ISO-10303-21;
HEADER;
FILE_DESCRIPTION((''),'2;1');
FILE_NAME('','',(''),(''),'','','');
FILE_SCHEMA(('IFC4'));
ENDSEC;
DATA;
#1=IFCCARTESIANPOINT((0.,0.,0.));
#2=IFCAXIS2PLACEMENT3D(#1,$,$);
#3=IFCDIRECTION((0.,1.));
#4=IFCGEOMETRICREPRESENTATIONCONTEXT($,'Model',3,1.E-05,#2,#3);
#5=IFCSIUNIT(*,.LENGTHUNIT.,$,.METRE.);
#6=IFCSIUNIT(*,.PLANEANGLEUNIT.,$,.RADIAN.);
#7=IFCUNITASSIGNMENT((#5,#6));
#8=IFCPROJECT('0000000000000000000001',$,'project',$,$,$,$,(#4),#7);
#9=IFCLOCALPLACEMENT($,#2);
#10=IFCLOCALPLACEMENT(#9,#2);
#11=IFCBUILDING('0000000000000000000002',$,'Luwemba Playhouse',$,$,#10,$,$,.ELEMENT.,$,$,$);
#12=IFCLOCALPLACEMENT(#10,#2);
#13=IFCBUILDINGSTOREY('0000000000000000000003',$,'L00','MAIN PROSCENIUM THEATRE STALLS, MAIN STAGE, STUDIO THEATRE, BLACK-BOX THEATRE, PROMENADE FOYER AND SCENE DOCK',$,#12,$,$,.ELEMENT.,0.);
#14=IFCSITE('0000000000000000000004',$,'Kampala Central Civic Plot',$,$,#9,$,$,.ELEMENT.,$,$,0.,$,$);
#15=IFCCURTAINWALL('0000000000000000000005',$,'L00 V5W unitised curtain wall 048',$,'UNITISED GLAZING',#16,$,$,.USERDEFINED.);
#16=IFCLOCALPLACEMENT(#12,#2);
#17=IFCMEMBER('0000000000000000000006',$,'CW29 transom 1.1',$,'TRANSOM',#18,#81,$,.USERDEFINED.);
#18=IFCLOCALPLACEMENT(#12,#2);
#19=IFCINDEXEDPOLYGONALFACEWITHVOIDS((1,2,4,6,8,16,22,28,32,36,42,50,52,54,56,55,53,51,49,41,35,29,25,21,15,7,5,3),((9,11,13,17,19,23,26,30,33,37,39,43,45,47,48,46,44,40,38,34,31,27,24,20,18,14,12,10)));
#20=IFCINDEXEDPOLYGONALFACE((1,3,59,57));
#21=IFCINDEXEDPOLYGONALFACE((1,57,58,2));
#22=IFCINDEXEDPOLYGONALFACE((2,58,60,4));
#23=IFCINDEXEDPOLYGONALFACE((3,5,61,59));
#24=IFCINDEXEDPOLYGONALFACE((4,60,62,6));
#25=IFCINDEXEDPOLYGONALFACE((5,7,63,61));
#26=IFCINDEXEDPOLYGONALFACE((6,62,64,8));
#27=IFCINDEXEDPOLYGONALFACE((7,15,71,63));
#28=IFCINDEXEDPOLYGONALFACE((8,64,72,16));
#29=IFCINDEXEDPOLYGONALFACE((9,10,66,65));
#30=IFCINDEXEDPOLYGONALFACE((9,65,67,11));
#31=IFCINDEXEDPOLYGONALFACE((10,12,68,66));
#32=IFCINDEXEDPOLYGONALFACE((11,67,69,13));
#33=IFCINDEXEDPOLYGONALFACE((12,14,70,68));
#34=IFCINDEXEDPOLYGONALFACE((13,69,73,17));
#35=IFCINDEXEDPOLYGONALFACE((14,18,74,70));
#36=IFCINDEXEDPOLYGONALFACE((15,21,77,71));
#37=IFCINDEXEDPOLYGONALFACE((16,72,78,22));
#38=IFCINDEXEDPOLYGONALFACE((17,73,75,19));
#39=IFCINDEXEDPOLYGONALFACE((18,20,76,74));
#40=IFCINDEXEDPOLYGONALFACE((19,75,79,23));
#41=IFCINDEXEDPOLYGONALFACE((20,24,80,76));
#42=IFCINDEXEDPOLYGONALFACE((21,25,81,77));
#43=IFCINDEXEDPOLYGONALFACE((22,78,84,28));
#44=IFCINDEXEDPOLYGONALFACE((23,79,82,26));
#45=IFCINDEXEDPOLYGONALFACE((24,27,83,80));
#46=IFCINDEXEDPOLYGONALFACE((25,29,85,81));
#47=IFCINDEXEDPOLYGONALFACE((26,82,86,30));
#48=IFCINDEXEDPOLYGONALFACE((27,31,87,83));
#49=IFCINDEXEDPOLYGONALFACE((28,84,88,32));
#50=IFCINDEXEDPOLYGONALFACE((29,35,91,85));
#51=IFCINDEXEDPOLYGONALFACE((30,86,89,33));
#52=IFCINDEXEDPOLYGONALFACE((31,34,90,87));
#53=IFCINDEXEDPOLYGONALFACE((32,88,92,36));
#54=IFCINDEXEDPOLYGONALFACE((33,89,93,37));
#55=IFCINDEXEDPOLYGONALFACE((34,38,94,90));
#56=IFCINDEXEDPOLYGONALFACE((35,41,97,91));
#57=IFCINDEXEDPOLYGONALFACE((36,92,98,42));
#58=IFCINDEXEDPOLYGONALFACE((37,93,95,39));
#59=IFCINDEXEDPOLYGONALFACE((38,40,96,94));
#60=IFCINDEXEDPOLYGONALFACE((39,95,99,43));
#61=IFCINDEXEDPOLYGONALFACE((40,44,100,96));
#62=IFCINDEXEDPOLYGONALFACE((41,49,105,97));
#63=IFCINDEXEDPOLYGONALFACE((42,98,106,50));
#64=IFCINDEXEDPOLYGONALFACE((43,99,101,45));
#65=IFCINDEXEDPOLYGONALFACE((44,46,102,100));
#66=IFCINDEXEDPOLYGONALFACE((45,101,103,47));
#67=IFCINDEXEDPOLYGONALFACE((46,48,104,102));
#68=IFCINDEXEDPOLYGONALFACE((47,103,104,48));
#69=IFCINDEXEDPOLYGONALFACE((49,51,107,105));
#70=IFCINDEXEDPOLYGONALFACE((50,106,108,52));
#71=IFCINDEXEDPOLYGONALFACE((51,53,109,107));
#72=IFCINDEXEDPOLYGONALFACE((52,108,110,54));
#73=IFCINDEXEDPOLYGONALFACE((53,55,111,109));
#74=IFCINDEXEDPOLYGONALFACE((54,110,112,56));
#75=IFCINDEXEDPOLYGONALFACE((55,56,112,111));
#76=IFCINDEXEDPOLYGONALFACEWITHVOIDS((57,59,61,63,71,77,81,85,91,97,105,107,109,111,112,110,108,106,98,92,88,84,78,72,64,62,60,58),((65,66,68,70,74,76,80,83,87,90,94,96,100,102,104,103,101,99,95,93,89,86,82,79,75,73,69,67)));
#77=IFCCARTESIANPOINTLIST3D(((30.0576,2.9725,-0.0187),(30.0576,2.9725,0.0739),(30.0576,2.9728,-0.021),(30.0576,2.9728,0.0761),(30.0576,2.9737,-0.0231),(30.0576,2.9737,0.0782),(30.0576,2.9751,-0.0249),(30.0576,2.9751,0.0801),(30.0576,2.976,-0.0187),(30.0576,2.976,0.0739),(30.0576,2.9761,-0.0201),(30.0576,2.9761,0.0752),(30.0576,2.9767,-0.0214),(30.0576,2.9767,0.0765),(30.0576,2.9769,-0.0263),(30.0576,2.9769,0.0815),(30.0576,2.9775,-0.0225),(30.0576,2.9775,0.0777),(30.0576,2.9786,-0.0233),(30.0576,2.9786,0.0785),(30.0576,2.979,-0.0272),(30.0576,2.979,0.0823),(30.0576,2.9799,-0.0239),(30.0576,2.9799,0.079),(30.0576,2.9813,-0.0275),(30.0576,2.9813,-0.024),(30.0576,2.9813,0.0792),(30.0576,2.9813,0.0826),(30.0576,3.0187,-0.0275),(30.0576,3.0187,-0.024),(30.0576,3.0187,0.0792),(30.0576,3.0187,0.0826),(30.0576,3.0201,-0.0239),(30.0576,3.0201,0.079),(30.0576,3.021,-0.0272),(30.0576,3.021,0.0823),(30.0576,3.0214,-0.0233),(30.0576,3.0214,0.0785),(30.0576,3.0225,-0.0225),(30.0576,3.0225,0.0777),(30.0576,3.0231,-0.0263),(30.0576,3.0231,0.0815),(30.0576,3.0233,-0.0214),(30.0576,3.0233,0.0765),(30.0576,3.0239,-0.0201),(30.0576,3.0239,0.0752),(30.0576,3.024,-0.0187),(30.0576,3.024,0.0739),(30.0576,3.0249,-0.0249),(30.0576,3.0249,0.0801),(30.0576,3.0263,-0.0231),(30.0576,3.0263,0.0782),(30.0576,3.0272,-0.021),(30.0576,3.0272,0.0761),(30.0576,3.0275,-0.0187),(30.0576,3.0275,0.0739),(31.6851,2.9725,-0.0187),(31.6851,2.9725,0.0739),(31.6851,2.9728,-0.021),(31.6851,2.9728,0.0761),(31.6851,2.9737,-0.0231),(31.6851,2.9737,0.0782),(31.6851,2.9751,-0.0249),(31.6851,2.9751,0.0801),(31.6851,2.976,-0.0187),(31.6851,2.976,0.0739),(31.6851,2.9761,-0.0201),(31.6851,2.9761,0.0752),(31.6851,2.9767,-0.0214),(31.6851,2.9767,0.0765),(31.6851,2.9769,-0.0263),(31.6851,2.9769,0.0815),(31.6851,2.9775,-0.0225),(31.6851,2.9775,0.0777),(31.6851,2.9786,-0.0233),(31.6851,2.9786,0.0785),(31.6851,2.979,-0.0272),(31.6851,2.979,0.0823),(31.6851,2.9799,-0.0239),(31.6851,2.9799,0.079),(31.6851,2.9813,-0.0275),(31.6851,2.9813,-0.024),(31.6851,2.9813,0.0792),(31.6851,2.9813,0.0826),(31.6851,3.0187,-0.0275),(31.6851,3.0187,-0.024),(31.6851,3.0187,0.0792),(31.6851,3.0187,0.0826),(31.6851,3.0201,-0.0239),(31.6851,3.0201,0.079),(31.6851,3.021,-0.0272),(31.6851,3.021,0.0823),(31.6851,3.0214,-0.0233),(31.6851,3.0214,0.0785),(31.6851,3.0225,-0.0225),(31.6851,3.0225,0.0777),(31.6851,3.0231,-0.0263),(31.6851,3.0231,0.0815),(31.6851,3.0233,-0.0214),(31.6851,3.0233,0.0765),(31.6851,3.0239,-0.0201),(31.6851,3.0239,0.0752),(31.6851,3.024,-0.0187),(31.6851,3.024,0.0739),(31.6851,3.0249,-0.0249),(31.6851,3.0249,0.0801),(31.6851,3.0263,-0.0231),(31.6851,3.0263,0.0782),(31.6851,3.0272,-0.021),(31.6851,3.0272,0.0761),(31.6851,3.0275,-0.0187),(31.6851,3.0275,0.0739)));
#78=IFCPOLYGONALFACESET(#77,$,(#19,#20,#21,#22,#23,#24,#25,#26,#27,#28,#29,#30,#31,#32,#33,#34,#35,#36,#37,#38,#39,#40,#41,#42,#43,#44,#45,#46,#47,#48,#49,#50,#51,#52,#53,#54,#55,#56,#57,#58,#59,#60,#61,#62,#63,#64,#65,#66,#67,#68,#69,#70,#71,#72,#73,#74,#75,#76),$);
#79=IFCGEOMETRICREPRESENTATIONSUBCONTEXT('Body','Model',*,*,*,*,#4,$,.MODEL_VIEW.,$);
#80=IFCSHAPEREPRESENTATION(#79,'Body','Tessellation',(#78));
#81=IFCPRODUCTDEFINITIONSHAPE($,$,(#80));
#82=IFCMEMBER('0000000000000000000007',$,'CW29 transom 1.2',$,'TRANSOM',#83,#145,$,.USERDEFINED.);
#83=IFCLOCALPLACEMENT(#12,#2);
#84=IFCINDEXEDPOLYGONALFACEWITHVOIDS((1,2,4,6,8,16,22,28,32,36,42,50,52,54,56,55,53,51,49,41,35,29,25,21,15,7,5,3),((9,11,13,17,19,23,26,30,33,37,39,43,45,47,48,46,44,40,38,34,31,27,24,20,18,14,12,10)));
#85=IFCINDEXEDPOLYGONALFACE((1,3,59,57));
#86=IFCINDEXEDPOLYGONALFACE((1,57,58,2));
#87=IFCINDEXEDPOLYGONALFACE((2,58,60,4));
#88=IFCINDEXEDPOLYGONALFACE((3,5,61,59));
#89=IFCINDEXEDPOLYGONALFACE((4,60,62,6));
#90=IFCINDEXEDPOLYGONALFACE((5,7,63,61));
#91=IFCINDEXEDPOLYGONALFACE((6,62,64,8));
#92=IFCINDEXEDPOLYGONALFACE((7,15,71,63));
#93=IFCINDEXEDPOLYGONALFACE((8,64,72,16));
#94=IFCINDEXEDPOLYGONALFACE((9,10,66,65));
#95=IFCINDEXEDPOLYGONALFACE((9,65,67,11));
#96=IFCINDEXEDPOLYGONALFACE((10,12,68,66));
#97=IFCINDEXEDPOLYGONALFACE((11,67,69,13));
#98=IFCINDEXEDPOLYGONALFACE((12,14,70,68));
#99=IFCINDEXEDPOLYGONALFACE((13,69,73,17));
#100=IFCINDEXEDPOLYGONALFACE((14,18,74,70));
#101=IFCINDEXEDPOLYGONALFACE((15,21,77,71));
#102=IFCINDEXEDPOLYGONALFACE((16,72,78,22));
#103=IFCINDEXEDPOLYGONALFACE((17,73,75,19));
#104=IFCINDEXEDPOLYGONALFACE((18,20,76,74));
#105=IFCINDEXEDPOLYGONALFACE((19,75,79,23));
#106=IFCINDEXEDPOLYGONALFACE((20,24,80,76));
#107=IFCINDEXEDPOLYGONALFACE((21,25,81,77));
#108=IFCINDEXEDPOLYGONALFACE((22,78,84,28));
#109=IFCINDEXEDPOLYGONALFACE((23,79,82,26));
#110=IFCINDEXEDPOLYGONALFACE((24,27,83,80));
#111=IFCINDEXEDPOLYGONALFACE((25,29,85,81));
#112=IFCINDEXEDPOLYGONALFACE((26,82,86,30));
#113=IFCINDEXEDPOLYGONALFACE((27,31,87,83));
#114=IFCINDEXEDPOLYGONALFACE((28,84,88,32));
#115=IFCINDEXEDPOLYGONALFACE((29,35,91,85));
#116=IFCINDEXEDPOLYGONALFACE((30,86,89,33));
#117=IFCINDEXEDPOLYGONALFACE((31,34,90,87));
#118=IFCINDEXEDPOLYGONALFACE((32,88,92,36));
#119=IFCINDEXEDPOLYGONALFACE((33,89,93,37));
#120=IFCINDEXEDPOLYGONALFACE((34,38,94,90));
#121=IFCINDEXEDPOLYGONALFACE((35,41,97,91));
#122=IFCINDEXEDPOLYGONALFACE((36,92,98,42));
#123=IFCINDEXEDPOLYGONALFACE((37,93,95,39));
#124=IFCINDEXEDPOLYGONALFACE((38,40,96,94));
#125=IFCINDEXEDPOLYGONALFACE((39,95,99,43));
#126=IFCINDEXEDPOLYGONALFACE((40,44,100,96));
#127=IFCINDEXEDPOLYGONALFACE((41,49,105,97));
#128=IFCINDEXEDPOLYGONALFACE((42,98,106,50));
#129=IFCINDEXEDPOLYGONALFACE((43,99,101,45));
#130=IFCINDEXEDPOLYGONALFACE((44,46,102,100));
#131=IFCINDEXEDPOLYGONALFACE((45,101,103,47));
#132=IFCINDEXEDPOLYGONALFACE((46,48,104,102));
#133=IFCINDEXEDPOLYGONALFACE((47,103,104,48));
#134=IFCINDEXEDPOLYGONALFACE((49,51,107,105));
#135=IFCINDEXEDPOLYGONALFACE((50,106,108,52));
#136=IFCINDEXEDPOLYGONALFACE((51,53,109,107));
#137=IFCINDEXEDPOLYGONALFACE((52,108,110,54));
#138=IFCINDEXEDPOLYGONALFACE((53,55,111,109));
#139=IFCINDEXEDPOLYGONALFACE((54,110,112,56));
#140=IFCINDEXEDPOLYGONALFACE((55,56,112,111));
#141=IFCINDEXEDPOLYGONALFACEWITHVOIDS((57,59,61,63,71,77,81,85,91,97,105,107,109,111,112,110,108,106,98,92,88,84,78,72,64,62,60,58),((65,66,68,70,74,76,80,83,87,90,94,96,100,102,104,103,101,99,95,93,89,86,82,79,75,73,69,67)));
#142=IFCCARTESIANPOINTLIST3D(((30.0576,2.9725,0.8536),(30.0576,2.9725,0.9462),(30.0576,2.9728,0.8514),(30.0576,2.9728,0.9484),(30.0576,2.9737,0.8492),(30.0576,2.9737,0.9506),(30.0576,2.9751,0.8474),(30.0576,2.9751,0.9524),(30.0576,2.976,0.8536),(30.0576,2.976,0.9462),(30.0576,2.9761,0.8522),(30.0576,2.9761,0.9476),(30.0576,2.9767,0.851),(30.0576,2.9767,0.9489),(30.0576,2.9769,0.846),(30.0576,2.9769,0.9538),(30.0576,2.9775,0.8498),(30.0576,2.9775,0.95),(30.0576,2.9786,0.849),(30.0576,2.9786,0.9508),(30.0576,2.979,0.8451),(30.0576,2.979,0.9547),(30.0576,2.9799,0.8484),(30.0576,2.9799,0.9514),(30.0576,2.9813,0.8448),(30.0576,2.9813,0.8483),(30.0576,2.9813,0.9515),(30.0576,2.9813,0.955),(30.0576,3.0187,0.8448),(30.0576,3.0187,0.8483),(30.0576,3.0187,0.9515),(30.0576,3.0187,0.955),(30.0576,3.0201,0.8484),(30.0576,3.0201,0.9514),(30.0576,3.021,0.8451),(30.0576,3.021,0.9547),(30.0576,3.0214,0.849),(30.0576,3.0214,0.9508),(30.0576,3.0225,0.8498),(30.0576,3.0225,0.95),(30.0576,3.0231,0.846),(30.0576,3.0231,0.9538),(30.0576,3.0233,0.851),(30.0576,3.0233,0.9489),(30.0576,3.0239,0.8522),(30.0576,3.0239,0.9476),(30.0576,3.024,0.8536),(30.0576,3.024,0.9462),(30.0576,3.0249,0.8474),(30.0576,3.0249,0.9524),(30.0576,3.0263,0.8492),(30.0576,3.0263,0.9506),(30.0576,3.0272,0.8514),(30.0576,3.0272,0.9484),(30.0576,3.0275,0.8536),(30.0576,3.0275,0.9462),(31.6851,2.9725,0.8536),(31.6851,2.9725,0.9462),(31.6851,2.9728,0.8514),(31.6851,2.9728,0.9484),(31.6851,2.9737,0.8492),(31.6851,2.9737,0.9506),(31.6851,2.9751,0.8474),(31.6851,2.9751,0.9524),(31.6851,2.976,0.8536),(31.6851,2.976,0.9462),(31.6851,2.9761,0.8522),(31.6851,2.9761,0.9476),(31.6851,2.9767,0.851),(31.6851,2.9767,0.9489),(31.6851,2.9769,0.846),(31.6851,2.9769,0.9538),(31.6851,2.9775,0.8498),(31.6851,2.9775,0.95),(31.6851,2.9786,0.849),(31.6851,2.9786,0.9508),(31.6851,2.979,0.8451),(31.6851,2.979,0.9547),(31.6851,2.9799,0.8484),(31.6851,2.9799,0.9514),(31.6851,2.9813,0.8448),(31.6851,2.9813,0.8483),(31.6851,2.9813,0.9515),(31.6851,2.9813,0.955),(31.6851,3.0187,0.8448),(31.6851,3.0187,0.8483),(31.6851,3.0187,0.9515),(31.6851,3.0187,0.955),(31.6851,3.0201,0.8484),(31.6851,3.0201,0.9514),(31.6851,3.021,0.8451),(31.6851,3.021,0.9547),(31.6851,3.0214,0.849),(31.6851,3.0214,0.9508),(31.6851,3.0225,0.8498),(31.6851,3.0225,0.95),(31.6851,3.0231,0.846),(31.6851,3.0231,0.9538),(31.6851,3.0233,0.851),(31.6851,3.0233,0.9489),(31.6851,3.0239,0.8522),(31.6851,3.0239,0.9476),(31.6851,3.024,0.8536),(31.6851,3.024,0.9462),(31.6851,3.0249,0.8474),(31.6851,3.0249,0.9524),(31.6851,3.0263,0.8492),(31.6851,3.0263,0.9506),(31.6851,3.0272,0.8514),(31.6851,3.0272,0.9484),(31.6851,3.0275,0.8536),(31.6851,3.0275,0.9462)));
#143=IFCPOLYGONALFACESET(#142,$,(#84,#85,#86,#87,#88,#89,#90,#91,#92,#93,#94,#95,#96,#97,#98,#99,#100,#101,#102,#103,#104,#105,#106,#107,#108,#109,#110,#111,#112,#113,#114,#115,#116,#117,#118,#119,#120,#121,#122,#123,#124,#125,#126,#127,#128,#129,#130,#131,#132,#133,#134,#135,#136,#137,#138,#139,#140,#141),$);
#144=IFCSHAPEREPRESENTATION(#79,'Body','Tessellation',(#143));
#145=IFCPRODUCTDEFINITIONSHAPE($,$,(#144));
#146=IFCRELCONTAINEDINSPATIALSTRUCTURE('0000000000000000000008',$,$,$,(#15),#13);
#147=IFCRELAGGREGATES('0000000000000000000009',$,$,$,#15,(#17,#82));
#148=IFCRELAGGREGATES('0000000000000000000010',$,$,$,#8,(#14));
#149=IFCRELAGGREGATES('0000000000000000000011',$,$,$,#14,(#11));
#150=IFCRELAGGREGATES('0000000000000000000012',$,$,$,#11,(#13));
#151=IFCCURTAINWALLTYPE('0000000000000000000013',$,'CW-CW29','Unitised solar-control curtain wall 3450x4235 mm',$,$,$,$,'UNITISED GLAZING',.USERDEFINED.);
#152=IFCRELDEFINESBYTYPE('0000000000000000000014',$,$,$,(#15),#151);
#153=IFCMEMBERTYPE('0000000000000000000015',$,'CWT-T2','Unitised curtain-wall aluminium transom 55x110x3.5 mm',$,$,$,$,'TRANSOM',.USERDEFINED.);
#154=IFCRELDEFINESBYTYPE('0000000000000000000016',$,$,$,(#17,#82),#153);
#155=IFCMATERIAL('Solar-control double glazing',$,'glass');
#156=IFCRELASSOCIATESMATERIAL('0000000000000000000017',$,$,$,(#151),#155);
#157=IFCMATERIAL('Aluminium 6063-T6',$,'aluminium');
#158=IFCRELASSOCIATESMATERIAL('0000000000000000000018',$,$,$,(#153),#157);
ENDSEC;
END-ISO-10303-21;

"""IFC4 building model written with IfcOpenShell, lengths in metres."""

from ifc_helpers import new_model, si_unit, direction, frame, origin, origin_2d, place, context, subcontext, project, spatial, hollow_rectangle, extrude, material, material_profile, profile_set, type_object, element, aggregate, save


model = new_model("IFC4")

# Units and contexts
model_context = context("Model", 3, precision=1e-05, world=origin(), true_north=direction((0.0, 1.0)))
body_context = subcontext(model_context, "Body", "Model", "MODEL_VIEW")
ifc_project = project(units=[si_unit("LENGTHUNIT", "METRE"), si_unit("PLANEANGLEUNIT", "RADIAN")], contexts=[model_context])

# Site, building, storey
site_placement = place(None, origin())
site = spatial("IfcSite", under=ifc_project, at=site_placement, Name="Kampala Central Civic Plot", CompositionType="ELEMENT", RefElevation=0.0)
building_placement = place(site_placement, origin())
building = spatial("IfcBuilding", under=site, at=building_placement, Name="Luwemba Playhouse", CompositionType="ELEMENT")
storey_placement = place(building_placement, origin())
storey = spatial("IfcBuildingStorey", under=building, at=storey_placement, Name="L00", Description="MAIN PROSCENIUM THEATRE STALLS, MAIN STAGE, STUDIO THEATRE, BLACK-BOX THEATRE, PROMENADE FOYER AND SCENE DOCK", CompositionType="ELEMENT", Elevation=0.0)

# Curtain wall, members
ifc_material_1 = material(Name="Solar-control double glazing", Category="glass")
curtain_wall_type = type_object("IfcCurtainWallType", Name="CW-CW29", Description="Unitised solar-control curtain wall 3450x4235 mm", ElementType="UNITISED GLAZING", PredefinedType="USERDEFINED", material=ifc_material_1)
curtain_wall_placement = place(storey_placement, origin())
curtain_wall = element("IfcCurtainWall", 1, at=curtain_wall_placement, inside=storey, type_object=curtain_wall_type, Name="L00 V5W unitised curtain wall 048", ObjectType="UNITISED GLAZING", PredefinedType="USERDEFINED")
ifc_material_2 = material(Name="Aluminium 6063-T6", Category="aluminium")
ifc_material_profile_1 = material_profile(ifc_material_2, hollow_rectangle(XDim=0.0549, YDim=0.1101, WallThickness=0.0034, InnerFilletRadius=0.0054, OuterFilletRadius=0.0088, at=origin_2d()))
ifc_profile_set_1 = profile_set([ifc_material_profile_1], Name="Aluminium 6063-T6")
member_type_1 = type_object("IfcMemberType", Name="CWT-T2", Description="Unitised curtain-wall aluminium transom 55x110x3.5 mm", ElementType="TRANSOM", PredefinedType="USERDEFINED", material=ifc_profile_set_1)
member_1_placement = place(storey_placement, frame((31.6851, 3.0, 0.0276), z_axis=(-1.0, 0.0, 0.0), x_axis=(0.0, -1.0, 0.0)))
member_1 = element("IfcMember", 2, at=member_1_placement, type_object=member_type_1, Name="CW29 transom 1.1", ObjectType="TRANSOM", PredefinedType="USERDEFINED", context=body_context, shape_type="SweptSolid", body=[
    extrude(hollow_rectangle(XDim=0.0549, YDim=0.1101, WallThickness=0.0034, InnerFilletRadius=0.0054, OuterFilletRadius=0.0088, at=origin_2d()), origin(), (0.0, 0.0, 1.0), 1.6274),
])
member_2_placement = place(storey_placement, frame((31.6851, 3.0, 0.8999), z_axis=(-1.0, 0.0, 0.0), x_axis=(0.0, -1.0, 0.0)))
member_2 = element("IfcMember", 3, at=member_2_placement, type_object=member_type_1, Name="CW29 transom 1.2", ObjectType="TRANSOM", PredefinedType="USERDEFINED", context=body_context, shape_type="SweptSolid", body=[
    extrude(hollow_rectangle(XDim=0.0549, YDim=0.1101, WallThickness=0.0034, InnerFilletRadius=0.0054, OuterFilletRadius=0.0088, at=origin_2d()), origin(), (0.0, 0.0, 1.0), 1.6274),
])
aggregate(curtain_wall, [member_1, member_2])

save(model, "model.ifc")
